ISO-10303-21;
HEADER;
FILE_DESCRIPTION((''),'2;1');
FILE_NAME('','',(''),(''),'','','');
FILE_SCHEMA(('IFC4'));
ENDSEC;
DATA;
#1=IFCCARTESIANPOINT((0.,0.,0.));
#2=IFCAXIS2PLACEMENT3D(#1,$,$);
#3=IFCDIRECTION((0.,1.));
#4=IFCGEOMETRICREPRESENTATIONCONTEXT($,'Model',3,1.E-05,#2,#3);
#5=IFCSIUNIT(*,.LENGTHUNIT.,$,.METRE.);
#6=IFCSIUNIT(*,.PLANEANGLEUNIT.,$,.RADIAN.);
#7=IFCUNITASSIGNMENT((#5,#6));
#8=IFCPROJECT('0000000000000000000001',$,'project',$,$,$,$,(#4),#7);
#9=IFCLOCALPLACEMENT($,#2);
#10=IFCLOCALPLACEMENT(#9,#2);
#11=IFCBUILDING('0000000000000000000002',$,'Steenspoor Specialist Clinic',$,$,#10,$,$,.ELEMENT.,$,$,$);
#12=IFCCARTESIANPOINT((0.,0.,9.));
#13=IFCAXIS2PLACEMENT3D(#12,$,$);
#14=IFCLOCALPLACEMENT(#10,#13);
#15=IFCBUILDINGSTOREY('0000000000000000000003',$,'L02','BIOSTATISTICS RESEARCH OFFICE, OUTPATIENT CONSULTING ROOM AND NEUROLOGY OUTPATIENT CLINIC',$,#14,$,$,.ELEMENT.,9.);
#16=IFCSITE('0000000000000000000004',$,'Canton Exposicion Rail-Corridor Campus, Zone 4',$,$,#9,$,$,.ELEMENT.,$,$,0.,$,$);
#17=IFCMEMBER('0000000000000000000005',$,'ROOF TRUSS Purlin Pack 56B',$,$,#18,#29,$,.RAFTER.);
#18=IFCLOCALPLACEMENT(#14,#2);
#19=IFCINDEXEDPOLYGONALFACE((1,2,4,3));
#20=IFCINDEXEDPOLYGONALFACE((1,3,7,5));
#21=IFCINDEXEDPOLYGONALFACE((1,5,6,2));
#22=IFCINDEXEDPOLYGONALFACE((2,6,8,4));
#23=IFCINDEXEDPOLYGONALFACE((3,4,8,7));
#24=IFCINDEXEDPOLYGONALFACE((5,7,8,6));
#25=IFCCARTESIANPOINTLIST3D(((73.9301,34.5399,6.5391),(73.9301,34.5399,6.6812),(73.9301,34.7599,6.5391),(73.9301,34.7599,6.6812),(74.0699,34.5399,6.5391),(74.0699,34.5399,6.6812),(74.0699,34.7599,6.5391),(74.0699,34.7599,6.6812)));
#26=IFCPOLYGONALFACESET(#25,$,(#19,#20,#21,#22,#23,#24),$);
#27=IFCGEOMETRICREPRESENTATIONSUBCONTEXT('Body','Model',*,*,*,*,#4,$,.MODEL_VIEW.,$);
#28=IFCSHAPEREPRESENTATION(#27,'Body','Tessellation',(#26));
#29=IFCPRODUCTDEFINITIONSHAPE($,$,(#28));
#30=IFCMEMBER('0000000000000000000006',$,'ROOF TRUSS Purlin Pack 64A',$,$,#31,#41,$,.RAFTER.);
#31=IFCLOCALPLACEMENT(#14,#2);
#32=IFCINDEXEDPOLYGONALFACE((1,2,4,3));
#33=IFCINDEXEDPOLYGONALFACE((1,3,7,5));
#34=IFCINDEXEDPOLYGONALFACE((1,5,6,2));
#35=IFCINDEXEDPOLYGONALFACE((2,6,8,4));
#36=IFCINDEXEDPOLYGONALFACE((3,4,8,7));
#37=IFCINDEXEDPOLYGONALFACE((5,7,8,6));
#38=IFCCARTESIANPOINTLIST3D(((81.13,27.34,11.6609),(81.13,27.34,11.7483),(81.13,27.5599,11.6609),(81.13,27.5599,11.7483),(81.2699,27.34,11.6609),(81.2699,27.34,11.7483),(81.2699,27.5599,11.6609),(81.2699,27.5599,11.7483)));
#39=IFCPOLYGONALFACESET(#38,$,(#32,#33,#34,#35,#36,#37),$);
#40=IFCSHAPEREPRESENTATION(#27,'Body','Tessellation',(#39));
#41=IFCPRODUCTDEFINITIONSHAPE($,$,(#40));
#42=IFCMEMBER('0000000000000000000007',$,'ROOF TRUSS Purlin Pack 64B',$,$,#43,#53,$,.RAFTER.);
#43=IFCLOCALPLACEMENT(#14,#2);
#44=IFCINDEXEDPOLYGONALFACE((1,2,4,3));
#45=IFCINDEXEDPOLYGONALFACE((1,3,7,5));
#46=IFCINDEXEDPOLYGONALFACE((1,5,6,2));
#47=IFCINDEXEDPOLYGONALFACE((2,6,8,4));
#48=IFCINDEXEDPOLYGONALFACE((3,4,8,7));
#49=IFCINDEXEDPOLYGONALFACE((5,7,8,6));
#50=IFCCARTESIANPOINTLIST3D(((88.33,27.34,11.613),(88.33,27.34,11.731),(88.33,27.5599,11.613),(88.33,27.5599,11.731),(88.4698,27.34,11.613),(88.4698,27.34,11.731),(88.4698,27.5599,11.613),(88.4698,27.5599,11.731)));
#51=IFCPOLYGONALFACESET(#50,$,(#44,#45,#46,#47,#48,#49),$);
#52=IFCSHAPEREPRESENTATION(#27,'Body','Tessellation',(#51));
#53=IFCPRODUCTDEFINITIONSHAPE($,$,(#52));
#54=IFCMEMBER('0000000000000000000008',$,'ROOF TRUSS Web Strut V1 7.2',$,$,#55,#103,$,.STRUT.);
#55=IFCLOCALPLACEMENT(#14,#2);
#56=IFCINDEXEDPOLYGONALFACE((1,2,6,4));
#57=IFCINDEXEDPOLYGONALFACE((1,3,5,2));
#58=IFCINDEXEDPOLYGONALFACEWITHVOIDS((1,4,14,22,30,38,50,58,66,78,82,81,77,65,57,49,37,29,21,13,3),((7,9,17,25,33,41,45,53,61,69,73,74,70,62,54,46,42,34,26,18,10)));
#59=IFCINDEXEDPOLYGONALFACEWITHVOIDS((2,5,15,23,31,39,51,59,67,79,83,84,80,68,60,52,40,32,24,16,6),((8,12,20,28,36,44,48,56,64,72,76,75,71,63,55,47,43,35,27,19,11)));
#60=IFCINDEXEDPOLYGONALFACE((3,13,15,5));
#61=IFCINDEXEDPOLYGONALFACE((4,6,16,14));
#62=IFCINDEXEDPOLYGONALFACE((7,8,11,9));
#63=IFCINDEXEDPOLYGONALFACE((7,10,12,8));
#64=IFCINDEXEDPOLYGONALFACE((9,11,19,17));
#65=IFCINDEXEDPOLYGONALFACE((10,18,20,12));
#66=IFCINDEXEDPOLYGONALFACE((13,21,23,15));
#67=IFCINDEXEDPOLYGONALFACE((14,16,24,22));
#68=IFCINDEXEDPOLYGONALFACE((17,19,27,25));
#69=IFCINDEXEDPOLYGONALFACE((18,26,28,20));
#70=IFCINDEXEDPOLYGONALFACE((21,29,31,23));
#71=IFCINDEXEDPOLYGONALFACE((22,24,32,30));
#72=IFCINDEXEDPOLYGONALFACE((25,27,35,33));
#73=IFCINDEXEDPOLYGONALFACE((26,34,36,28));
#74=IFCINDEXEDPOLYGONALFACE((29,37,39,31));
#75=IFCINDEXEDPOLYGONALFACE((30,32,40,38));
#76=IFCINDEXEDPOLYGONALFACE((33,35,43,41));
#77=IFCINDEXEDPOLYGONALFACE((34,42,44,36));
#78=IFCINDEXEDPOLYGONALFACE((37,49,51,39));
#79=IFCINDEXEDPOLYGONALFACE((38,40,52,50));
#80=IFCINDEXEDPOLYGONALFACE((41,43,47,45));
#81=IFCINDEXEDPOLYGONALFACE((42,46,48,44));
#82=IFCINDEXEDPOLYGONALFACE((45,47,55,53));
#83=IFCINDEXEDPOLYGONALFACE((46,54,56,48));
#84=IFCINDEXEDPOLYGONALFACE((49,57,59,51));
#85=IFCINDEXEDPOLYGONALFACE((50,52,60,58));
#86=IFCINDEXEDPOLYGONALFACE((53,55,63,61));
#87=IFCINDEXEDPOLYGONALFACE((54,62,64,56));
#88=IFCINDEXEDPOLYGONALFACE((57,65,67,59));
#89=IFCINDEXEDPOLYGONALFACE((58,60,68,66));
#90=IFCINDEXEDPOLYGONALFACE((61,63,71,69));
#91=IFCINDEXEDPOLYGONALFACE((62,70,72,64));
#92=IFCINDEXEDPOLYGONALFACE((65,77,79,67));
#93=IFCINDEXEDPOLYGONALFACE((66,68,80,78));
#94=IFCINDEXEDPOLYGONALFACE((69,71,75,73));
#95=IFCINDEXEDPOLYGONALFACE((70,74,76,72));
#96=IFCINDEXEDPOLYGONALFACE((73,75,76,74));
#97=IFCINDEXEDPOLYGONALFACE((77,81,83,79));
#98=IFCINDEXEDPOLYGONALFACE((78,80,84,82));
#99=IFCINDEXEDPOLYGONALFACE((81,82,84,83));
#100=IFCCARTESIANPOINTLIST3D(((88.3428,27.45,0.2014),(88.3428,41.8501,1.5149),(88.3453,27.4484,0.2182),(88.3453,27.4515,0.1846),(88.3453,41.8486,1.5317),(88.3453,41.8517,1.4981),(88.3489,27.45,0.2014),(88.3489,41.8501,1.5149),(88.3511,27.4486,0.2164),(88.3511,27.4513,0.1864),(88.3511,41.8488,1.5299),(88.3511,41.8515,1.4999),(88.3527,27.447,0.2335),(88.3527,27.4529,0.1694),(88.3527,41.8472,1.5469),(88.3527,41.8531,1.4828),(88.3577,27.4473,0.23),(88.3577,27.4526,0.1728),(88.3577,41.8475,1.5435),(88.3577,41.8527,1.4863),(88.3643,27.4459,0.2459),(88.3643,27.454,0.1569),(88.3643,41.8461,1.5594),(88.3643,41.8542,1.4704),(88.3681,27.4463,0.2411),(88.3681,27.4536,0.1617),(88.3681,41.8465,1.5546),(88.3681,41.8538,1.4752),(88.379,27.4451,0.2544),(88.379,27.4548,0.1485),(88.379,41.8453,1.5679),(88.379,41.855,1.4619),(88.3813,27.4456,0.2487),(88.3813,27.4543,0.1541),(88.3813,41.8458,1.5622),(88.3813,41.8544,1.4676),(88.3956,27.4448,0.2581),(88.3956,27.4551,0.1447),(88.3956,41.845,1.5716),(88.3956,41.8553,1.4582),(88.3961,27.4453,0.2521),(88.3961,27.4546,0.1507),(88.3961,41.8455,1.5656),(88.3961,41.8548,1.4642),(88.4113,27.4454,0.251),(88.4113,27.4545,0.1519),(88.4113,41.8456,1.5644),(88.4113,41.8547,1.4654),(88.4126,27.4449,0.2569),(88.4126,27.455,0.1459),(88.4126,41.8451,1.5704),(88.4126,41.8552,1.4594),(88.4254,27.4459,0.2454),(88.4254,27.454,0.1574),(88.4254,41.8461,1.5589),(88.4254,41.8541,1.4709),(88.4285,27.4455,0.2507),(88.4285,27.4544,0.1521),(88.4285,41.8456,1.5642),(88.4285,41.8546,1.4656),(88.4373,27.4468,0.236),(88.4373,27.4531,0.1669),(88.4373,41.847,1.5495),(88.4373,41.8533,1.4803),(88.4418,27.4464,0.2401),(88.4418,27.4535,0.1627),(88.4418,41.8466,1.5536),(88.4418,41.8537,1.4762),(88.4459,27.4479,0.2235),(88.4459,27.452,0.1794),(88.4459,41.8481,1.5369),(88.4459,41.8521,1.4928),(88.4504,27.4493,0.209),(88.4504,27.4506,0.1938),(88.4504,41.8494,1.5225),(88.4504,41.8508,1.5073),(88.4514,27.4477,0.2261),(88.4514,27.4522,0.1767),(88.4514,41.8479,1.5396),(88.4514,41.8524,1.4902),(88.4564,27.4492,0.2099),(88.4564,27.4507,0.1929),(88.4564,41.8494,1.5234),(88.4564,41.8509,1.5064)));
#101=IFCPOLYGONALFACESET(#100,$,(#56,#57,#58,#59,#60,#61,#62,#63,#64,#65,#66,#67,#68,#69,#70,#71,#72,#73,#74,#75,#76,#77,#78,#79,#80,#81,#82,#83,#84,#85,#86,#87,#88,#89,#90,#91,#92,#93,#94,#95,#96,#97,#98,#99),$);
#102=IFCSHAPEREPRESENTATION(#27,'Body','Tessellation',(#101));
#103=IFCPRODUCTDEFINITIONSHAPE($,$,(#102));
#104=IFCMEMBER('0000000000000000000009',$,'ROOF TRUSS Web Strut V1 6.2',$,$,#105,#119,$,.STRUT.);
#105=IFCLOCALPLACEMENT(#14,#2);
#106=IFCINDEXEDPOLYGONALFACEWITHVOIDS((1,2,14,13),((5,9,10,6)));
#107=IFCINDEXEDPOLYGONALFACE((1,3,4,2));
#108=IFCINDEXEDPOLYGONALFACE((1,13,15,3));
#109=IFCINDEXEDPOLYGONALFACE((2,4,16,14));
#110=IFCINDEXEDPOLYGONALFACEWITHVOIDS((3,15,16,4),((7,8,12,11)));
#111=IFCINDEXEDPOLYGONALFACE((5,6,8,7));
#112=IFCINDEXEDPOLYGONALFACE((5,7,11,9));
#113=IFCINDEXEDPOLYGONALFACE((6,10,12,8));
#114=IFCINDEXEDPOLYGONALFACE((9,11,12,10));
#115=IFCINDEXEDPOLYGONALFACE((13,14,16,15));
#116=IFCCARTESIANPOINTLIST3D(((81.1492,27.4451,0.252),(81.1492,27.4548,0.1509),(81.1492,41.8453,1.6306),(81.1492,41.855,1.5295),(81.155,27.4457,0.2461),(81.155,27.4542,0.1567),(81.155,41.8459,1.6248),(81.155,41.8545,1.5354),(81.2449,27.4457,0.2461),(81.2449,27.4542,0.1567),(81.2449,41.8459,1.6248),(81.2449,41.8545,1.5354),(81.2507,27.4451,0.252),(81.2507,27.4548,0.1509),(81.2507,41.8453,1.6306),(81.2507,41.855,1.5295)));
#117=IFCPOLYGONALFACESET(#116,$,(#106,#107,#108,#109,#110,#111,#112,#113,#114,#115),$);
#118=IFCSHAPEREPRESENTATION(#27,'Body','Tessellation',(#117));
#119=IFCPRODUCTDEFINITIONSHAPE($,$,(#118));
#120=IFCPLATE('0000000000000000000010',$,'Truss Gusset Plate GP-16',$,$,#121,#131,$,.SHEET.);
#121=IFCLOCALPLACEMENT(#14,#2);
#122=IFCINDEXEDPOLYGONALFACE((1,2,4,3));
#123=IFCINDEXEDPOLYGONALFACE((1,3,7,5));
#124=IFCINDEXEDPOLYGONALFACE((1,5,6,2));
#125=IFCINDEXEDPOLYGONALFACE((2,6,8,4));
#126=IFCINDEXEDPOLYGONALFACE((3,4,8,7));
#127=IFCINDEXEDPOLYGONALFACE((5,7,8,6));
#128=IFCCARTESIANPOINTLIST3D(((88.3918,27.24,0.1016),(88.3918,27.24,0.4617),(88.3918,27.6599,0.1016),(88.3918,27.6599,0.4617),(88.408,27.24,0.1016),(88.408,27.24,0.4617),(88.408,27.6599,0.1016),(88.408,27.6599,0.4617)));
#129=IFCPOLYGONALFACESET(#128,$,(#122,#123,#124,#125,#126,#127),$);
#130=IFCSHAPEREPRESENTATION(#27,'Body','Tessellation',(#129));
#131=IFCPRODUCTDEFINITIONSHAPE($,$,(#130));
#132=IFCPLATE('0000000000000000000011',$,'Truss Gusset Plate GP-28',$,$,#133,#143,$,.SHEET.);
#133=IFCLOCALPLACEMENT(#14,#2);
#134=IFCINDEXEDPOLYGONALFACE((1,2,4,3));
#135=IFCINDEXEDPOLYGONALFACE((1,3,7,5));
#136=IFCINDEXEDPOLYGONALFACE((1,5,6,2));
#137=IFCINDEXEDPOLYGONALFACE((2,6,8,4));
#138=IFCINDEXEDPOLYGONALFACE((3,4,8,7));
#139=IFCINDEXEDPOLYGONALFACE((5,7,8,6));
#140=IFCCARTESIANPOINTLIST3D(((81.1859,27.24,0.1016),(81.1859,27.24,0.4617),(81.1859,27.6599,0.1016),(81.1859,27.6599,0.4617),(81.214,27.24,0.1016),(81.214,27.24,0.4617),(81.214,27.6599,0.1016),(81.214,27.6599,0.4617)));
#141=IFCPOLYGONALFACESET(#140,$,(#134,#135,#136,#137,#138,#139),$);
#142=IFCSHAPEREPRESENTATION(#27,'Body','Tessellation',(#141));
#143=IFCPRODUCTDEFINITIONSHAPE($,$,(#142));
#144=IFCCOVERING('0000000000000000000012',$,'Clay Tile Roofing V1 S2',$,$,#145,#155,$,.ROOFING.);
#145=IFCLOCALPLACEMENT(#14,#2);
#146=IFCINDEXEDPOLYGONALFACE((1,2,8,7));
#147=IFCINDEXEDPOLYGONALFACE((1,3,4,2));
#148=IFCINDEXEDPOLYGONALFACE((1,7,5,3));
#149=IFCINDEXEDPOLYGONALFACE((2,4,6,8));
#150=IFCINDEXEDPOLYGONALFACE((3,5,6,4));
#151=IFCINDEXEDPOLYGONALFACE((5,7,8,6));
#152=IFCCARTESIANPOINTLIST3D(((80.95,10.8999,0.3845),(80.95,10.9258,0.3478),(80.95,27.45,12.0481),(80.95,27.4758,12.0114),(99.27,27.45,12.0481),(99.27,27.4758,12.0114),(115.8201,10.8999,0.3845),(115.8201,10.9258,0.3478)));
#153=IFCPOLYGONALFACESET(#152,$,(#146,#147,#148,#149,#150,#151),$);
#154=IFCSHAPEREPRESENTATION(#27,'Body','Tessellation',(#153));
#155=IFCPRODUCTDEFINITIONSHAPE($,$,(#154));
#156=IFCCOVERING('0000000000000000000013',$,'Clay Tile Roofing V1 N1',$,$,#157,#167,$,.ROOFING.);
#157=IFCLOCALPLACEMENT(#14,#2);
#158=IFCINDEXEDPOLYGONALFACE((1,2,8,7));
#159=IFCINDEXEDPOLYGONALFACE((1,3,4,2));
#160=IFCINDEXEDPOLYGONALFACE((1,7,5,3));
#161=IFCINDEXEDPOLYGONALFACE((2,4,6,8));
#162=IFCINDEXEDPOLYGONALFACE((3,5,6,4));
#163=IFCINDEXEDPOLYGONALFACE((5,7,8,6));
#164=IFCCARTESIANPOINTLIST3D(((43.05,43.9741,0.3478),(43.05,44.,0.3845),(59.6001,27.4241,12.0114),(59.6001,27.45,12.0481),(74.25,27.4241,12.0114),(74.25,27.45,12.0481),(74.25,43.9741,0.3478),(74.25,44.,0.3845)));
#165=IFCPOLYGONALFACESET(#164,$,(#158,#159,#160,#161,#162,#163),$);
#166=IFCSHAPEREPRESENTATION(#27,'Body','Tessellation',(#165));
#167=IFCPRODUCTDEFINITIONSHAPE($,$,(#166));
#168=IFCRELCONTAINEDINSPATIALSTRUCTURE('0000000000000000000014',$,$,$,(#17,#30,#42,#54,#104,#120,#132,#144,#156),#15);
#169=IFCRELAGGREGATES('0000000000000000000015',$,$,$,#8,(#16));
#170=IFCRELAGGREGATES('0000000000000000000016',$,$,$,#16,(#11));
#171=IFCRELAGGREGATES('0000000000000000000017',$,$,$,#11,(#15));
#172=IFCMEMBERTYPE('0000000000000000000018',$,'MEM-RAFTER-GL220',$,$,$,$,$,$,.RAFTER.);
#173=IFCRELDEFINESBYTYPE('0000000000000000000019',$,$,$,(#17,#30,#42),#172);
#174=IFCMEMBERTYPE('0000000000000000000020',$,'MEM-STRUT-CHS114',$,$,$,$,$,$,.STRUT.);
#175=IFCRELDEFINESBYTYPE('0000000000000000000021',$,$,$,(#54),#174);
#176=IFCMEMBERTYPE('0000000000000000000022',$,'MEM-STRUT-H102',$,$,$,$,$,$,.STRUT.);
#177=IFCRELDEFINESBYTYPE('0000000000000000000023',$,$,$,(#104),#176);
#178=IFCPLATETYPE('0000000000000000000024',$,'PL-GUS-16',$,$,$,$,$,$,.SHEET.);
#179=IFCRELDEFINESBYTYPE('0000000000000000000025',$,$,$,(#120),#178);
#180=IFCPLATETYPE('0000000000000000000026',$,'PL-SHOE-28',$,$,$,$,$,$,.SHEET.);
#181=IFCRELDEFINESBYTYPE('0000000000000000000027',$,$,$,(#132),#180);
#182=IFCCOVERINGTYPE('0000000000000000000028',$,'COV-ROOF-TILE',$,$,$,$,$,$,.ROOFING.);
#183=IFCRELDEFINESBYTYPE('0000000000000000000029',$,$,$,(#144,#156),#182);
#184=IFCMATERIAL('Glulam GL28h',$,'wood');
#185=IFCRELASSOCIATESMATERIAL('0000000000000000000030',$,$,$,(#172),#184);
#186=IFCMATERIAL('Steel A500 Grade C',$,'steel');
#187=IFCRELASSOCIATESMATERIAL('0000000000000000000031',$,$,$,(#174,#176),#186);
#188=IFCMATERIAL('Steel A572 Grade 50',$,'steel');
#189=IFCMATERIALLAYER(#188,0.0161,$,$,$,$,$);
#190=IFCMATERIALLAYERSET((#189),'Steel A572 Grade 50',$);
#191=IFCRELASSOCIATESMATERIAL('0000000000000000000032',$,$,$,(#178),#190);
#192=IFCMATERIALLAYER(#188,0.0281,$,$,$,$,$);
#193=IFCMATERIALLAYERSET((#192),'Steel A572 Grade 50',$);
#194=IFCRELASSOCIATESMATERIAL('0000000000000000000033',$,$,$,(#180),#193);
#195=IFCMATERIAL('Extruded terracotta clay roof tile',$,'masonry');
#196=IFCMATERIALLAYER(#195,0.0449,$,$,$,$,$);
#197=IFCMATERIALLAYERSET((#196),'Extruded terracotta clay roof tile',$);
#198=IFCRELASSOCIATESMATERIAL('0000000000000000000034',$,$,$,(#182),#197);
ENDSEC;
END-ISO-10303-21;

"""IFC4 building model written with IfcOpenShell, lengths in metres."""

from ifc_helpers import new_model, si_unit, direction, frame, origin, origin_2d, place, context, subcontext, project, spatial, polyline, rectangle, hollow_rectangle, hollow_circle, outline, extrude, material, layer, layer_set, material_profile, profile_set, type_object, element, save


model = new_model("IFC4")

# Units and contexts
model_context = context("Model", 3, precision=1e-05, world=origin(), true_north=direction((0.0, 1.0)))
body_context = subcontext(model_context, "Body", "Model", "MODEL_VIEW")
ifc_project = project(units=[si_unit("LENGTHUNIT", "METRE"), si_unit("PLANEANGLEUNIT", "RADIAN")], contexts=[model_context])

# Site, building, storey
site_placement = place(None, origin())
site = spatial("IfcSite", under=ifc_project, at=site_placement, Name="Canton Exposicion Rail-Corridor Campus, Zone 4", CompositionType="ELEMENT", RefElevation=0.0)
building_placement = place(site_placement, origin())
building = spatial("IfcBuilding", under=site, at=building_placement, Name="Steenspoor Specialist Clinic", CompositionType="ELEMENT")
storey_placement = place(building_placement, frame((0.0, 0.0, 9.0)))
storey = spatial("IfcBuildingStorey", under=building, at=storey_placement, Name="L02", Description="BIOSTATISTICS RESEARCH OFFICE, OUTPATIENT CONSULTING ROOM AND NEUROLOGY OUTPATIENT CLINIC", CompositionType="ELEMENT", Elevation=9.0)

# Members
ifc_material_1 = material(Name="Steel A500 Grade C", Category="steel")
ifc_material_2 = material(Name="Glulam GL28h", Category="wood")
ifc_material_profile_1 = material_profile(ifc_material_2, rectangle(XDim=0.1399, YDim=0.22, at=origin_2d()), Name="GL28H-140X220")
ifc_profile_set_1 = profile_set([ifc_material_profile_1], Name="Glulam GL28h")
member_type_1 = type_object("IfcMemberType", Name="MEM-RAFTER-GL220", PredefinedType="RAFTER", material=ifc_profile_set_1)
member_1_placement = place(storey_placement, frame((74.0, 34.6499, 6.5391), z_axis=(0.0, 0.0, 1.0), x_axis=(1.0, 0.0, 0.0)))
element("IfcMember", 1, at=member_1_placement, inside=storey, type_object=member_type_1, Name="ROOF TRUSS Purlin Pack 56B", PredefinedType="RAFTER", context=body_context, shape_type="SweptSolid", body=[
    extrude(rectangle(XDim=0.1399, YDim=0.22, at=origin_2d()), origin(), (0.0, 0.0, 1.0), 0.1421),
])
member_2_placement = place(storey_placement, frame((81.2, 27.45, 11.6609), z_axis=(0.0, 0.0, 1.0), x_axis=(1.0, 0.0, 0.0)))
element("IfcMember", 2, at=member_2_placement, inside=storey, type_object=member_type_1, Name="ROOF TRUSS Purlin Pack 64A", PredefinedType="RAFTER", context=body_context, shape_type="SweptSolid", body=[
    extrude(rectangle(XDim=0.1399, YDim=0.22, at=origin_2d()), origin(), (0.0, 0.0, 1.0), 0.0874),
])
member_3_placement = place(storey_placement, frame((88.3999, 27.45, 11.613), z_axis=(0.0, 0.0, 1.0), x_axis=(1.0, 0.0, 0.0)))
element("IfcMember", 3, at=member_3_placement, inside=storey, type_object=member_type_1, Name="ROOF TRUSS Purlin Pack 64B", PredefinedType="RAFTER", context=body_context, shape_type="SweptSolid", body=[
    extrude(rectangle(XDim=0.1399, YDim=0.22, at=origin_2d()), origin(), (0.0, 0.0, 1.0), 0.1179),
])
ifc_material_profile_2 = material_profile(ifc_material_1, hollow_circle(Radius=0.0571, WallThickness=0.0061, at=origin_2d()), Name="CHS114X6.0")
ifc_profile_set_2 = profile_set([ifc_material_profile_2], Name="Steel A500 Grade C")
member_type_2 = type_object("IfcMemberType", Name="MEM-STRUT-CHS114", PredefinedType="STRUT", material=ifc_profile_set_2)
member_4_placement = place(storey_placement, frame((88.3999, 27.45, 0.2014), z_axis=(0.0, 0.995866, 0.090836), x_axis=(-1.0, 0.0, 0.0)))
element("IfcMember", 4, at=member_4_placement, inside=storey, type_object=member_type_2, Name="ROOF TRUSS Web Strut V1 7.2", PredefinedType="STRUT", context=body_context, shape_type="SweptSolid", body=[
    extrude(hollow_circle(Radius=0.0571, WallThickness=0.0061, at=origin_2d()), origin(), (0.0, 0.0, 1.0), 14.46),
])
ifc_material_profile_3 = material_profile(ifc_material_1, hollow_rectangle(XDim=0.1016, YDim=0.1016, WallThickness=0.0059, at=origin_2d()), Name="HSS102X102X6.4")
ifc_profile_set_3 = profile_set([ifc_material_profile_3], Name="Steel A500 Grade C")
member_type_3 = type_object("IfcMemberType", Name="MEM-STRUT-H102", PredefinedType="STRUT", material=ifc_profile_set_3)
member_5_placement = place(storey_placement, frame((81.2, 27.45, 0.2014), z_axis=(0.0, 0.995448, 0.095304), x_axis=(-1.0, 0.0, 0.0)))
element("IfcMember", 5, at=member_5_placement, inside=storey, type_object=member_type_3, Name="ROOF TRUSS Web Strut V1 6.2", PredefinedType="STRUT", context=body_context, shape_type="SweptSolid", body=[
    extrude(hollow_rectangle(XDim=0.1016, YDim=0.1016, WallThickness=0.0059, at=origin_2d()), origin(), (0.0, 0.0, 1.0), 14.4661),
])

# Plates
ifc_material_3 = material(Name="Steel A572 Grade 50", Category="steel")
ifc_layer_1 = layer(ifc_material_3, 0.0161)
ifc_layer_set_1 = layer_set([ifc_layer_1], Name="Steel A572 Grade 50")
plate_type_1 = type_object("IfcPlateType", Name="PL-GUS-16", PredefinedType="SHEET", material=ifc_layer_set_1)
plate_1_placement = place(storey_placement, frame((88.3999, 27.45, 0.1016), z_axis=(0.0, 0.0, 1.0), x_axis=(1.0, 0.0, 0.0)))
element("IfcPlate", 6, at=plate_1_placement, inside=storey, type_object=plate_type_1, Name="Truss Gusset Plate GP-16", PredefinedType="SHEET", context=body_context, shape_type="SweptSolid", body=[
    extrude(rectangle(XDim=0.0161, YDim=0.4199, at=origin_2d()), origin(), (0.0, 0.0, 1.0), 0.3601),
])
ifc_layer_2 = layer(ifc_material_3, 0.0281)
ifc_layer_set_2 = layer_set([ifc_layer_2], Name="Steel A572 Grade 50")
plate_type_2 = type_object("IfcPlateType", Name="PL-SHOE-28", PredefinedType="SHEET", material=ifc_layer_set_2)
plate_2_placement = place(storey_placement, frame((81.2, 27.45, 0.1016), z_axis=(0.0, 0.0, 1.0), x_axis=(1.0, 0.0, 0.0)))
element("IfcPlate", 7, at=plate_2_placement, inside=storey, type_object=plate_type_2, Name="Truss Gusset Plate GP-28", PredefinedType="SHEET", context=body_context, shape_type="SweptSolid", body=[
    extrude(rectangle(XDim=0.0281, YDim=0.4199, at=origin_2d()), origin(), (0.0, 0.0, 1.0), 0.3601),
])

# Coverings
ifc_material_4 = material(Name="Extruded terracotta clay roof tile", Category="masonry")
ifc_layer_3 = layer(ifc_material_4, 0.0449)
ifc_layer_set_3 = layer_set([ifc_layer_3], Name="Extruded terracotta clay roof tile")
covering_type = type_object("IfcCoveringType", Name="COV-ROOF-TILE", PredefinedType="ROOFING", material=ifc_layer_set_3)
covering_1_placement = place(storey_placement, frame((80.95, 27.45, 12.0481), z_axis=(0.0, -0.576063, 0.817405), x_axis=(0.0, -0.817405, -0.576063)))
element("IfcCovering", 8, at=covering_1_placement, inside=storey, type_object=covering_type, Name="Clay Tile Roofing V1 S2", PredefinedType="ROOFING", context=body_context, shape_type="SweptSolid", body=[
    extrude(outline(polyline([(0.0, 0.0), (20.2471, 0.0), (20.2471, 34.8701), (0.0, 18.3201), (0.0, 0.0)])), origin(), (0.0, 0.0, -1.0), 0.0449),
])
covering_2_placement = place(storey_placement, frame((74.25, 27.45, 12.0481), z_axis=(0.0, 0.576063, 0.817405), x_axis=(0.0, 0.817405, -0.576063)))
element("IfcCovering", 9, at=covering_2_placement, inside=storey, type_object=covering_type, Name="Clay Tile Roofing V1 N1", PredefinedType="ROOFING", context=body_context, shape_type="SweptSolid", body=[
    extrude(outline(polyline([(0.0, 0.0), (20.2471, 0.0), (20.2471, 31.2), (0.0, 14.6499), (0.0, 0.0)])), origin(), (0.0, 0.0, -1.0), 0.0449),
])

save(model, "model.ifc")
